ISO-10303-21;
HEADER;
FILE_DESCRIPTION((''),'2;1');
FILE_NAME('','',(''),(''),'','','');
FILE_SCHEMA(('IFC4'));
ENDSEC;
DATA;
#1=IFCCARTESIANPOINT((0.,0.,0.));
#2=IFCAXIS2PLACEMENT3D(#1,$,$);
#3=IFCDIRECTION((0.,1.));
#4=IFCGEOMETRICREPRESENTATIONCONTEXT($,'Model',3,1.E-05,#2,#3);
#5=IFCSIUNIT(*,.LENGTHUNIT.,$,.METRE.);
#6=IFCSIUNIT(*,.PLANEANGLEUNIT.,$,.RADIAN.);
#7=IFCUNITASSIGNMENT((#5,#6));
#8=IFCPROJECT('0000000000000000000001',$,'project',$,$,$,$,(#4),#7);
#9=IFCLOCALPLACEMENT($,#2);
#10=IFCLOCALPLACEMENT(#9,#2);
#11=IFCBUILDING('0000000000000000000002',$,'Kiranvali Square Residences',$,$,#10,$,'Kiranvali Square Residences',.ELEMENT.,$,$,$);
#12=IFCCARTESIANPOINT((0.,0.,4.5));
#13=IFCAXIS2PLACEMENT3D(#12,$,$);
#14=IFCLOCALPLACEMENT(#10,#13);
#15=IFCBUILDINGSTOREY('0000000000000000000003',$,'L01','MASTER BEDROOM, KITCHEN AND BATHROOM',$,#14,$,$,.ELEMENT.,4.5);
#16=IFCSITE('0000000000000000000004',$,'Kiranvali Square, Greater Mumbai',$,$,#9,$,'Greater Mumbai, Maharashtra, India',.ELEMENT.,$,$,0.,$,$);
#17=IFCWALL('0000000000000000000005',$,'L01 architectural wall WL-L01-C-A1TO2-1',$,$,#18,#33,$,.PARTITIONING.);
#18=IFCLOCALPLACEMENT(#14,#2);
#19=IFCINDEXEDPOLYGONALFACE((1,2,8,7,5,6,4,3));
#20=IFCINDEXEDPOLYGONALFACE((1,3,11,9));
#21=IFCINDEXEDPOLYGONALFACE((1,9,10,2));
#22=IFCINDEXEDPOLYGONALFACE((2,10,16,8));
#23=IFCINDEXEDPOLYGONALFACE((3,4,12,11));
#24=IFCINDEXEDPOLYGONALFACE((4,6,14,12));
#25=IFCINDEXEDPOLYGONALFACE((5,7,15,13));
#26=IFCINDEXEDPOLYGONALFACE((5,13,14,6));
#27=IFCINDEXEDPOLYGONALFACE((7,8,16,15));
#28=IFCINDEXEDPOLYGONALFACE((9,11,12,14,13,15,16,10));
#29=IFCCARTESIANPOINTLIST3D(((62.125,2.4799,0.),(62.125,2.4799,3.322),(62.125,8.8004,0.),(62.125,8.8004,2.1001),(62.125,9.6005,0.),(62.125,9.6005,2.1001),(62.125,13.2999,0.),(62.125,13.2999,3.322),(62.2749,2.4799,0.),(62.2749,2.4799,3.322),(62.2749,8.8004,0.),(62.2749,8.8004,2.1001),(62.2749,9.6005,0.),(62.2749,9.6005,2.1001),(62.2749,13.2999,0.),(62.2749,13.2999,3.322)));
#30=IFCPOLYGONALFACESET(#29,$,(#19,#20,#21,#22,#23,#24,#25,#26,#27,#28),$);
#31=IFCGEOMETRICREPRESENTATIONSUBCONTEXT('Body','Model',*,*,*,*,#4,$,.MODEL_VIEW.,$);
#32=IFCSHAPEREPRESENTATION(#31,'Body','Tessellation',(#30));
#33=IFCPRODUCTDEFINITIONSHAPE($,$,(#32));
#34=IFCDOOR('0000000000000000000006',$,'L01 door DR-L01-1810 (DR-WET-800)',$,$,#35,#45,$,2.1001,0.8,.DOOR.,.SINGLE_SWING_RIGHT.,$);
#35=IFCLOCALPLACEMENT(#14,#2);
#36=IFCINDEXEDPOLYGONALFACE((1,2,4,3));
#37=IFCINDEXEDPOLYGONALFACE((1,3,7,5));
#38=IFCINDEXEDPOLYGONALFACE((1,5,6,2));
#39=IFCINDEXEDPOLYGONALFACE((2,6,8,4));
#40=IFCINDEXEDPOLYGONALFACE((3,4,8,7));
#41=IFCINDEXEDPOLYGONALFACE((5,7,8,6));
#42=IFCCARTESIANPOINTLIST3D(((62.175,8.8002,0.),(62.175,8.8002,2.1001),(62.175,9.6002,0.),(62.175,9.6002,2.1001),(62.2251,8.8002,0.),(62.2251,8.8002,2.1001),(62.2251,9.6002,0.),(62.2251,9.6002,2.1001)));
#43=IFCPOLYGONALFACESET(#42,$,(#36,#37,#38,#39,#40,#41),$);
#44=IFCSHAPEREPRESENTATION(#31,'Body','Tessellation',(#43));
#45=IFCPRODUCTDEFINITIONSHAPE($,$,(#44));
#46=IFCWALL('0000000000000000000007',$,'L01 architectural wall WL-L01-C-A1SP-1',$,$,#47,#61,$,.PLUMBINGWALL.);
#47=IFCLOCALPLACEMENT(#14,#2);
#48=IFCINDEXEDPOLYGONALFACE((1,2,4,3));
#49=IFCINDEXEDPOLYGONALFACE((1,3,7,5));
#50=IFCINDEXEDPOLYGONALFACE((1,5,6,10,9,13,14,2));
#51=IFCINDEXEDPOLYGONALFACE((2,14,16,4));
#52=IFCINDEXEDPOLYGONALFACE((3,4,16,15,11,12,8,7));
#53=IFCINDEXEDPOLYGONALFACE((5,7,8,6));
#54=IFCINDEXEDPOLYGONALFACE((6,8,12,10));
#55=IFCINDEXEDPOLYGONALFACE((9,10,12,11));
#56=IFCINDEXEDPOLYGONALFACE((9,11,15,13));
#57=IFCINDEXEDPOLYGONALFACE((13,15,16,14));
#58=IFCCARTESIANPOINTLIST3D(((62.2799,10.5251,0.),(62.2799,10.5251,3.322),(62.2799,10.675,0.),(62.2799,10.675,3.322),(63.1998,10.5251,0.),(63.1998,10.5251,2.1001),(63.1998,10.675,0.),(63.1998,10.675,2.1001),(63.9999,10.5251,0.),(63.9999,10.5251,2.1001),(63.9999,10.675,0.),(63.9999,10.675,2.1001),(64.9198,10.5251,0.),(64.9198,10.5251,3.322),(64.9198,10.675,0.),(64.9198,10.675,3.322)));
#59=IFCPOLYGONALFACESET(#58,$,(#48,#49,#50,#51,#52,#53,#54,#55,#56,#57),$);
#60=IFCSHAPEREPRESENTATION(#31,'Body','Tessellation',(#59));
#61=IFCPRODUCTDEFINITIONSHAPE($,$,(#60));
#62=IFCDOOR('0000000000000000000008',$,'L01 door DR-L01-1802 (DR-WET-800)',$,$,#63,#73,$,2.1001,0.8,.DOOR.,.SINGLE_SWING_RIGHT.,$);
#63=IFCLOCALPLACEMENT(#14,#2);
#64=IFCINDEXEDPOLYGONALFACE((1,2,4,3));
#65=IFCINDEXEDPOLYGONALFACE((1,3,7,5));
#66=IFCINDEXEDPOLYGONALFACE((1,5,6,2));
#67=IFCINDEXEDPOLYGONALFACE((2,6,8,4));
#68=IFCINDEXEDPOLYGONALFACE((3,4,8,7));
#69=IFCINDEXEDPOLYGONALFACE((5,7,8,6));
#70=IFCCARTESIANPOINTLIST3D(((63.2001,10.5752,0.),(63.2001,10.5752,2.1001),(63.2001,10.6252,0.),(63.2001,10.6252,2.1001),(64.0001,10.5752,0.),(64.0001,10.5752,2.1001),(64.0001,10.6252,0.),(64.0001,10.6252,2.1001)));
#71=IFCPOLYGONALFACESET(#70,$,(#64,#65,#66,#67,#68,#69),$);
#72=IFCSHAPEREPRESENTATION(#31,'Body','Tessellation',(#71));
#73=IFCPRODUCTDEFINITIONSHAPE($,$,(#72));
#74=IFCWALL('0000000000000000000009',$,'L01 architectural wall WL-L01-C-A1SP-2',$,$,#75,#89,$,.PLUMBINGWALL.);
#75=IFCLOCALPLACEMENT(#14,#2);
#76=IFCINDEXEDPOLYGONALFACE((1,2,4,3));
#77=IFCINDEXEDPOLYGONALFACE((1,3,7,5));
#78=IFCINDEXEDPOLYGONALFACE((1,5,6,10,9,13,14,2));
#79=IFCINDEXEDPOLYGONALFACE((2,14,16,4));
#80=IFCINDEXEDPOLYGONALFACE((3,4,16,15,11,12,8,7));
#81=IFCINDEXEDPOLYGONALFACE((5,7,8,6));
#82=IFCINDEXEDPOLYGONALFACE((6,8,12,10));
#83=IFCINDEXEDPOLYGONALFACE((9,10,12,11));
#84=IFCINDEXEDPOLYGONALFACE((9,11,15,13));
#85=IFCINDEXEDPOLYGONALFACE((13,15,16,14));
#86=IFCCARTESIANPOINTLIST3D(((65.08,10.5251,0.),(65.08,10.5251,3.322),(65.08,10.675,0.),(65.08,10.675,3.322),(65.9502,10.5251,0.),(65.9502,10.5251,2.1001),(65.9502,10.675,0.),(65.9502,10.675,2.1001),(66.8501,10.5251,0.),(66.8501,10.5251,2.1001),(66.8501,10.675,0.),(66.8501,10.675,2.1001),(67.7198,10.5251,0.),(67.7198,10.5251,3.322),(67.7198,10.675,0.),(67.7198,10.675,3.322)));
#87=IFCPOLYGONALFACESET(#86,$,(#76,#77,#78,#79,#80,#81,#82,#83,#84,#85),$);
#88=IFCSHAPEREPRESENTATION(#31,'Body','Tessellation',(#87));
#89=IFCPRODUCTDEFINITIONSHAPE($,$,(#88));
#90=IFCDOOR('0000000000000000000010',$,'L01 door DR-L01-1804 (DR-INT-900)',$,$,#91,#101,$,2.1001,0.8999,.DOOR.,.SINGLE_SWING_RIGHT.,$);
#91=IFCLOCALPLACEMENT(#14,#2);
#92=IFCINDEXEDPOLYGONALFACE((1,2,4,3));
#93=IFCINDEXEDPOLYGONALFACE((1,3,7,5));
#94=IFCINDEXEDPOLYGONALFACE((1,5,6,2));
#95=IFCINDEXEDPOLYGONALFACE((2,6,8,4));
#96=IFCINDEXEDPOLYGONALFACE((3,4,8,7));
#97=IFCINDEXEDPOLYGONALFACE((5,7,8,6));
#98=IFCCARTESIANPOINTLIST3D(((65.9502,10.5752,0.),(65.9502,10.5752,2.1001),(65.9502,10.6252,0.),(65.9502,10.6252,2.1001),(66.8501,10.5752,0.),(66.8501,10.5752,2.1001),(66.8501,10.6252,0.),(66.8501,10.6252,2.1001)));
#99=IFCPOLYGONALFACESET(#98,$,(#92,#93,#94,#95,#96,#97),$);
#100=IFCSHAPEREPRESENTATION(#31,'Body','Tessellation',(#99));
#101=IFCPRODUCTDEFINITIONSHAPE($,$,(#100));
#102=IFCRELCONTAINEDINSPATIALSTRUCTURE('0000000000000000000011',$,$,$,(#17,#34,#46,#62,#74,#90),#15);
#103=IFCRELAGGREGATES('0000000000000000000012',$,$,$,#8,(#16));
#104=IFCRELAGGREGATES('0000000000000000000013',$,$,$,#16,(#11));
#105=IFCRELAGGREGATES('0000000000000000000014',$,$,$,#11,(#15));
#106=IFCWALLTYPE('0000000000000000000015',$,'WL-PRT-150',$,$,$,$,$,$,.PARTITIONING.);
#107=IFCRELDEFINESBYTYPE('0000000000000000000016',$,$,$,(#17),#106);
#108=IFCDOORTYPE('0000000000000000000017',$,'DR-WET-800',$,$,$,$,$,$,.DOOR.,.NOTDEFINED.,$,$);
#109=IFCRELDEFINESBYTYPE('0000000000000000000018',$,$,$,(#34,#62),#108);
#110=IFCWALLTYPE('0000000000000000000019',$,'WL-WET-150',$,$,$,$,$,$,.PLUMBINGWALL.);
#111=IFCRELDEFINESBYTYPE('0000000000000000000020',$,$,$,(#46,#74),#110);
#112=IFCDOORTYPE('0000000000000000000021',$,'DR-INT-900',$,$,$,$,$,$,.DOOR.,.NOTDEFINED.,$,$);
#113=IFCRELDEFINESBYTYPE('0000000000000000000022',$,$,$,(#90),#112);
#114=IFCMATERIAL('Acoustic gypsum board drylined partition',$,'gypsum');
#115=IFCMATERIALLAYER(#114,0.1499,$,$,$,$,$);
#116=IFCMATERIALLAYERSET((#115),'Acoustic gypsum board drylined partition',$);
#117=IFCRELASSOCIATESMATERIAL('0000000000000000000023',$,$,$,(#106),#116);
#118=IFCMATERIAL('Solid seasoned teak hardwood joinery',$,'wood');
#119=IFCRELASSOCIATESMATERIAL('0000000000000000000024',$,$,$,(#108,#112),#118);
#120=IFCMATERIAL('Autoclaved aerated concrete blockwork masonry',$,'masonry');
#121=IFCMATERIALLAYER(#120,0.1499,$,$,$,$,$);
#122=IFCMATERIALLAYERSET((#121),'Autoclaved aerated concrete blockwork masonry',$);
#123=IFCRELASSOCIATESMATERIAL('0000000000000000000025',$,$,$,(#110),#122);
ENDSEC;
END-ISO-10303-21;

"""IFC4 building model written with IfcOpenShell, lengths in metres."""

from ifc_helpers import new_model, si_unit, direction, frame, frame_2d, origin, place, context, subcontext, project, spatial, rectangle, extrude, material, layer, layer_set, type_object, element, fill, save


model = new_model("IFC4")

# Units and contexts
model_context = context("Model", 3, precision=1e-05, world=origin(), true_north=direction((0.0, 1.0)))
body_context = subcontext(model_context, "Body", "Model", "MODEL_VIEW")
ifc_project = project(units=[si_unit("LENGTHUNIT", "METRE"), si_unit("PLANEANGLEUNIT", "RADIAN")], contexts=[model_context])

# Site, building, storey
site_placement = place(None, origin())
site = spatial("IfcSite", under=ifc_project, at=site_placement, Name="Kiranvali Square, Greater Mumbai", LongName="Greater Mumbai, Maharashtra, India", CompositionType="ELEMENT", RefElevation=0.0)
building_placement = place(site_placement, origin())
building = spatial("IfcBuilding", under=site, at=building_placement, Name="Kiranvali Square Residences", LongName="Kiranvali Square Residences", CompositionType="ELEMENT")
storey_placement = place(building_placement, frame((0.0, 0.0, 4.5)))
storey = spatial("IfcBuildingStorey", under=building, at=storey_placement, Name="L01", Description="MASTER BEDROOM, KITCHEN AND BATHROOM", CompositionType="ELEMENT", Elevation=4.5)

# Shared definitions
ifc_material_1 = material(Name="Autoclaved aerated concrete blockwork masonry", Category="masonry")

# Walls, openings, doors
ifc_material_2 = material(Name="Acoustic gypsum board drylined partition", Category="gypsum")
ifc_layer_1 = layer(ifc_material_2, 0.1499)
ifc_layer_set_1 = layer_set([ifc_layer_1], Name="Acoustic gypsum board drylined partition")
wall_type_1 = type_object("IfcWallType", Name="WL-PRT-150", PredefinedType="PARTITIONING", material=ifc_layer_set_1)
wall_1_placement = place(storey_placement, frame((62.2, 13.3, 0.0), z_axis=(0.0, 0.0, 1.0), x_axis=(0.0, -1.0, 0.0)))
wall_1 = element("IfcWall", 1, at=wall_1_placement, inside=storey, type_object=wall_type_1, Name="L01 architectural wall WL-L01-C-A1TO2-1", PredefinedType="PARTITIONING", context=body_context, shape_type="SweptSolid", body=[
    extrude(rectangle(XDim=10.8201, YDim=0.1499, at=frame_2d((5.4102, 0.0))), origin(), (0.0, 0.0, 1.0), 3.322),
])
opening_1_placement = place(wall_1_placement, frame((3.6997, 0.0, 0.0)))
opening_1 = element("IfcOpeningElement", 2, at=opening_1_placement, cuts=wall_1, PredefinedType="OPENING", context=body_context, shape_type="SweptSolid", body=[
    extrude(rectangle(XDim=0.8, YDim=2.1001, at=frame_2d((0.3999, 1.05))), frame((0.0, 0.085, 0.0), z_axis=(0.0, -1.0, 0.0), x_axis=(1.0, 0.0, 0.0)), (0.0, 0.0, 1.0), 0.1699),
])
ifc_material_3 = material(Name="Solid seasoned teak hardwood joinery", Category="wood")
door_type_1 = type_object("IfcDoorType", Name="DR-WET-800", OperationType="NOTDEFINED", PredefinedType="DOOR", material=ifc_material_3)
door_1_placement = place(opening_1_placement, frame((0.8, 0.0, 0.0), z_axis=(0.0, 0.0, 1.0), x_axis=(-1.0, 0.0, 0.0)))
door_1 = element("IfcDoor", 3, at=door_1_placement, inside=storey, type_object=door_type_1, Name="L01 door DR-L01-1810 (DR-WET-800)", OperationType="SINGLE_SWING_RIGHT", OverallHeight=2.1001, OverallWidth=0.8, PredefinedType="DOOR", context=body_context, shape_type="SweptSolid", body=[
    extrude(rectangle(XDim=0.8, YDim=2.1001, at=frame_2d((0.3999, 1.05))), frame((0.0, 0.0249, 0.0), z_axis=(0.0, -1.0, 0.0), x_axis=(1.0, 0.0, 0.0)), (0.0, 0.0, 1.0), 0.05),
])
fill(opening_1, door_1)
ifc_layer_2 = layer(ifc_material_1, 0.1499)
ifc_layer_set_2 = layer_set([ifc_layer_2], Name="Autoclaved aerated concrete blockwork masonry")
wall_type_2 = type_object("IfcWallType", Name="WL-WET-150", PredefinedType="PLUMBINGWALL", material=ifc_layer_set_2)
wall_2_placement = place(storey_placement, frame((62.28, 10.6001, 0.0), z_axis=(0.0, 0.0, 1.0), x_axis=(1.0, 0.0, 0.0)))
wall_2 = element("IfcWall", 4, at=wall_2_placement, inside=storey, type_object=wall_type_2, Name="L01 architectural wall WL-L01-C-A1SP-1", PredefinedType="PLUMBINGWALL", context=body_context, shape_type="SweptSolid", body=[
    extrude(rectangle(XDim=2.6399, YDim=0.1499, at=frame_2d((1.3198, 0.0))), origin(), (0.0, 0.0, 1.0), 3.322),
])
opening_2_placement = place(wall_2_placement, frame((0.9199, 0.0, 0.0)))
opening_2 = element("IfcOpeningElement", 5, at=opening_2_placement, cuts=wall_2, PredefinedType="OPENING", context=body_context, shape_type="SweptSolid", body=[
    extrude(rectangle(XDim=0.8, YDim=2.1001, at=frame_2d((0.3999, 1.05))), frame((0.0, 0.085, 0.0), z_axis=(0.0, -1.0, 0.0), x_axis=(1.0, 0.0, 0.0)), (0.0, 0.0, 1.0), 0.1699),
])
door_2_placement = place(opening_2_placement, frame((0.8, 0.0, 0.0), z_axis=(0.0, 0.0, 1.0), x_axis=(-1.0, 0.0, 0.0)))
door_2 = element("IfcDoor", 6, at=door_2_placement, inside=storey, type_object=door_type_1, Name="L01 door DR-L01-1802 (DR-WET-800)", OperationType="SINGLE_SWING_RIGHT", OverallHeight=2.1001, OverallWidth=0.8, PredefinedType="DOOR", context=body_context, shape_type="SweptSolid", body=[
    extrude(rectangle(XDim=0.8, YDim=2.1001, at=frame_2d((0.3999, 1.05))), frame((0.0, 0.0249, 0.0), z_axis=(0.0, -1.0, 0.0), x_axis=(1.0, 0.0, 0.0)), (0.0, 0.0, 1.0), 0.05),
])
fill(opening_2, door_2)
wall_3_placement = place(storey_placement, frame((65.0801, 10.6001, 0.0), z_axis=(0.0, 0.0, 1.0), x_axis=(1.0, 0.0, 0.0)))
wall_3 = element("IfcWall", 7, at=wall_3_placement, inside=storey, type_object=wall_type_2, Name="L01 architectural wall WL-L01-C-A1SP-2", PredefinedType="PLUMBINGWALL", context=body_context, shape_type="SweptSolid", body=[
    extrude(rectangle(XDim=2.6399, YDim=0.1499, at=frame_2d((1.3198, 0.0))), origin(), (0.0, 0.0, 1.0), 3.322),
])
opening_3_placement = place(wall_3_placement, frame((0.8701, 0.0, 0.0)))
opening_3 = element("IfcOpeningElement", 8, at=opening_3_placement, cuts=wall_3, PredefinedType="OPENING", context=body_context, shape_type="SweptSolid", body=[
    extrude(rectangle(XDim=0.8999, YDim=2.1001, at=frame_2d((0.45, 1.05))), frame((0.0, 0.085, 0.0), z_axis=(0.0, -1.0, 0.0), x_axis=(1.0, 0.0, 0.0)), (0.0, 0.0, 1.0), 0.1699),
])
door_type_2 = type_object("IfcDoorType", Name="DR-INT-900", OperationType="NOTDEFINED", PredefinedType="DOOR", material=ifc_material_3)
door_3_placement = place(opening_3_placement, frame((0.8999, 0.0, 0.0), z_axis=(0.0, 0.0, 1.0), x_axis=(-1.0, 0.0, 0.0)))
door_3 = element("IfcDoor", 9, at=door_3_placement, inside=storey, type_object=door_type_2, Name="L01 door DR-L01-1804 (DR-INT-900)", OperationType="SINGLE_SWING_RIGHT", OverallHeight=2.1001, OverallWidth=0.8999, PredefinedType="DOOR", context=body_context, shape_type="SweptSolid", body=[
    extrude(rectangle(XDim=0.8999, YDim=2.1001, at=frame_2d((0.45, 1.05))), frame((0.0, 0.0249, 0.0), z_axis=(0.0, -1.0, 0.0), x_axis=(1.0, 0.0, 0.0)), (0.0, 0.0, 1.0), 0.05),
])
fill(opening_3, door_3)

save(model, "model.ifc")
